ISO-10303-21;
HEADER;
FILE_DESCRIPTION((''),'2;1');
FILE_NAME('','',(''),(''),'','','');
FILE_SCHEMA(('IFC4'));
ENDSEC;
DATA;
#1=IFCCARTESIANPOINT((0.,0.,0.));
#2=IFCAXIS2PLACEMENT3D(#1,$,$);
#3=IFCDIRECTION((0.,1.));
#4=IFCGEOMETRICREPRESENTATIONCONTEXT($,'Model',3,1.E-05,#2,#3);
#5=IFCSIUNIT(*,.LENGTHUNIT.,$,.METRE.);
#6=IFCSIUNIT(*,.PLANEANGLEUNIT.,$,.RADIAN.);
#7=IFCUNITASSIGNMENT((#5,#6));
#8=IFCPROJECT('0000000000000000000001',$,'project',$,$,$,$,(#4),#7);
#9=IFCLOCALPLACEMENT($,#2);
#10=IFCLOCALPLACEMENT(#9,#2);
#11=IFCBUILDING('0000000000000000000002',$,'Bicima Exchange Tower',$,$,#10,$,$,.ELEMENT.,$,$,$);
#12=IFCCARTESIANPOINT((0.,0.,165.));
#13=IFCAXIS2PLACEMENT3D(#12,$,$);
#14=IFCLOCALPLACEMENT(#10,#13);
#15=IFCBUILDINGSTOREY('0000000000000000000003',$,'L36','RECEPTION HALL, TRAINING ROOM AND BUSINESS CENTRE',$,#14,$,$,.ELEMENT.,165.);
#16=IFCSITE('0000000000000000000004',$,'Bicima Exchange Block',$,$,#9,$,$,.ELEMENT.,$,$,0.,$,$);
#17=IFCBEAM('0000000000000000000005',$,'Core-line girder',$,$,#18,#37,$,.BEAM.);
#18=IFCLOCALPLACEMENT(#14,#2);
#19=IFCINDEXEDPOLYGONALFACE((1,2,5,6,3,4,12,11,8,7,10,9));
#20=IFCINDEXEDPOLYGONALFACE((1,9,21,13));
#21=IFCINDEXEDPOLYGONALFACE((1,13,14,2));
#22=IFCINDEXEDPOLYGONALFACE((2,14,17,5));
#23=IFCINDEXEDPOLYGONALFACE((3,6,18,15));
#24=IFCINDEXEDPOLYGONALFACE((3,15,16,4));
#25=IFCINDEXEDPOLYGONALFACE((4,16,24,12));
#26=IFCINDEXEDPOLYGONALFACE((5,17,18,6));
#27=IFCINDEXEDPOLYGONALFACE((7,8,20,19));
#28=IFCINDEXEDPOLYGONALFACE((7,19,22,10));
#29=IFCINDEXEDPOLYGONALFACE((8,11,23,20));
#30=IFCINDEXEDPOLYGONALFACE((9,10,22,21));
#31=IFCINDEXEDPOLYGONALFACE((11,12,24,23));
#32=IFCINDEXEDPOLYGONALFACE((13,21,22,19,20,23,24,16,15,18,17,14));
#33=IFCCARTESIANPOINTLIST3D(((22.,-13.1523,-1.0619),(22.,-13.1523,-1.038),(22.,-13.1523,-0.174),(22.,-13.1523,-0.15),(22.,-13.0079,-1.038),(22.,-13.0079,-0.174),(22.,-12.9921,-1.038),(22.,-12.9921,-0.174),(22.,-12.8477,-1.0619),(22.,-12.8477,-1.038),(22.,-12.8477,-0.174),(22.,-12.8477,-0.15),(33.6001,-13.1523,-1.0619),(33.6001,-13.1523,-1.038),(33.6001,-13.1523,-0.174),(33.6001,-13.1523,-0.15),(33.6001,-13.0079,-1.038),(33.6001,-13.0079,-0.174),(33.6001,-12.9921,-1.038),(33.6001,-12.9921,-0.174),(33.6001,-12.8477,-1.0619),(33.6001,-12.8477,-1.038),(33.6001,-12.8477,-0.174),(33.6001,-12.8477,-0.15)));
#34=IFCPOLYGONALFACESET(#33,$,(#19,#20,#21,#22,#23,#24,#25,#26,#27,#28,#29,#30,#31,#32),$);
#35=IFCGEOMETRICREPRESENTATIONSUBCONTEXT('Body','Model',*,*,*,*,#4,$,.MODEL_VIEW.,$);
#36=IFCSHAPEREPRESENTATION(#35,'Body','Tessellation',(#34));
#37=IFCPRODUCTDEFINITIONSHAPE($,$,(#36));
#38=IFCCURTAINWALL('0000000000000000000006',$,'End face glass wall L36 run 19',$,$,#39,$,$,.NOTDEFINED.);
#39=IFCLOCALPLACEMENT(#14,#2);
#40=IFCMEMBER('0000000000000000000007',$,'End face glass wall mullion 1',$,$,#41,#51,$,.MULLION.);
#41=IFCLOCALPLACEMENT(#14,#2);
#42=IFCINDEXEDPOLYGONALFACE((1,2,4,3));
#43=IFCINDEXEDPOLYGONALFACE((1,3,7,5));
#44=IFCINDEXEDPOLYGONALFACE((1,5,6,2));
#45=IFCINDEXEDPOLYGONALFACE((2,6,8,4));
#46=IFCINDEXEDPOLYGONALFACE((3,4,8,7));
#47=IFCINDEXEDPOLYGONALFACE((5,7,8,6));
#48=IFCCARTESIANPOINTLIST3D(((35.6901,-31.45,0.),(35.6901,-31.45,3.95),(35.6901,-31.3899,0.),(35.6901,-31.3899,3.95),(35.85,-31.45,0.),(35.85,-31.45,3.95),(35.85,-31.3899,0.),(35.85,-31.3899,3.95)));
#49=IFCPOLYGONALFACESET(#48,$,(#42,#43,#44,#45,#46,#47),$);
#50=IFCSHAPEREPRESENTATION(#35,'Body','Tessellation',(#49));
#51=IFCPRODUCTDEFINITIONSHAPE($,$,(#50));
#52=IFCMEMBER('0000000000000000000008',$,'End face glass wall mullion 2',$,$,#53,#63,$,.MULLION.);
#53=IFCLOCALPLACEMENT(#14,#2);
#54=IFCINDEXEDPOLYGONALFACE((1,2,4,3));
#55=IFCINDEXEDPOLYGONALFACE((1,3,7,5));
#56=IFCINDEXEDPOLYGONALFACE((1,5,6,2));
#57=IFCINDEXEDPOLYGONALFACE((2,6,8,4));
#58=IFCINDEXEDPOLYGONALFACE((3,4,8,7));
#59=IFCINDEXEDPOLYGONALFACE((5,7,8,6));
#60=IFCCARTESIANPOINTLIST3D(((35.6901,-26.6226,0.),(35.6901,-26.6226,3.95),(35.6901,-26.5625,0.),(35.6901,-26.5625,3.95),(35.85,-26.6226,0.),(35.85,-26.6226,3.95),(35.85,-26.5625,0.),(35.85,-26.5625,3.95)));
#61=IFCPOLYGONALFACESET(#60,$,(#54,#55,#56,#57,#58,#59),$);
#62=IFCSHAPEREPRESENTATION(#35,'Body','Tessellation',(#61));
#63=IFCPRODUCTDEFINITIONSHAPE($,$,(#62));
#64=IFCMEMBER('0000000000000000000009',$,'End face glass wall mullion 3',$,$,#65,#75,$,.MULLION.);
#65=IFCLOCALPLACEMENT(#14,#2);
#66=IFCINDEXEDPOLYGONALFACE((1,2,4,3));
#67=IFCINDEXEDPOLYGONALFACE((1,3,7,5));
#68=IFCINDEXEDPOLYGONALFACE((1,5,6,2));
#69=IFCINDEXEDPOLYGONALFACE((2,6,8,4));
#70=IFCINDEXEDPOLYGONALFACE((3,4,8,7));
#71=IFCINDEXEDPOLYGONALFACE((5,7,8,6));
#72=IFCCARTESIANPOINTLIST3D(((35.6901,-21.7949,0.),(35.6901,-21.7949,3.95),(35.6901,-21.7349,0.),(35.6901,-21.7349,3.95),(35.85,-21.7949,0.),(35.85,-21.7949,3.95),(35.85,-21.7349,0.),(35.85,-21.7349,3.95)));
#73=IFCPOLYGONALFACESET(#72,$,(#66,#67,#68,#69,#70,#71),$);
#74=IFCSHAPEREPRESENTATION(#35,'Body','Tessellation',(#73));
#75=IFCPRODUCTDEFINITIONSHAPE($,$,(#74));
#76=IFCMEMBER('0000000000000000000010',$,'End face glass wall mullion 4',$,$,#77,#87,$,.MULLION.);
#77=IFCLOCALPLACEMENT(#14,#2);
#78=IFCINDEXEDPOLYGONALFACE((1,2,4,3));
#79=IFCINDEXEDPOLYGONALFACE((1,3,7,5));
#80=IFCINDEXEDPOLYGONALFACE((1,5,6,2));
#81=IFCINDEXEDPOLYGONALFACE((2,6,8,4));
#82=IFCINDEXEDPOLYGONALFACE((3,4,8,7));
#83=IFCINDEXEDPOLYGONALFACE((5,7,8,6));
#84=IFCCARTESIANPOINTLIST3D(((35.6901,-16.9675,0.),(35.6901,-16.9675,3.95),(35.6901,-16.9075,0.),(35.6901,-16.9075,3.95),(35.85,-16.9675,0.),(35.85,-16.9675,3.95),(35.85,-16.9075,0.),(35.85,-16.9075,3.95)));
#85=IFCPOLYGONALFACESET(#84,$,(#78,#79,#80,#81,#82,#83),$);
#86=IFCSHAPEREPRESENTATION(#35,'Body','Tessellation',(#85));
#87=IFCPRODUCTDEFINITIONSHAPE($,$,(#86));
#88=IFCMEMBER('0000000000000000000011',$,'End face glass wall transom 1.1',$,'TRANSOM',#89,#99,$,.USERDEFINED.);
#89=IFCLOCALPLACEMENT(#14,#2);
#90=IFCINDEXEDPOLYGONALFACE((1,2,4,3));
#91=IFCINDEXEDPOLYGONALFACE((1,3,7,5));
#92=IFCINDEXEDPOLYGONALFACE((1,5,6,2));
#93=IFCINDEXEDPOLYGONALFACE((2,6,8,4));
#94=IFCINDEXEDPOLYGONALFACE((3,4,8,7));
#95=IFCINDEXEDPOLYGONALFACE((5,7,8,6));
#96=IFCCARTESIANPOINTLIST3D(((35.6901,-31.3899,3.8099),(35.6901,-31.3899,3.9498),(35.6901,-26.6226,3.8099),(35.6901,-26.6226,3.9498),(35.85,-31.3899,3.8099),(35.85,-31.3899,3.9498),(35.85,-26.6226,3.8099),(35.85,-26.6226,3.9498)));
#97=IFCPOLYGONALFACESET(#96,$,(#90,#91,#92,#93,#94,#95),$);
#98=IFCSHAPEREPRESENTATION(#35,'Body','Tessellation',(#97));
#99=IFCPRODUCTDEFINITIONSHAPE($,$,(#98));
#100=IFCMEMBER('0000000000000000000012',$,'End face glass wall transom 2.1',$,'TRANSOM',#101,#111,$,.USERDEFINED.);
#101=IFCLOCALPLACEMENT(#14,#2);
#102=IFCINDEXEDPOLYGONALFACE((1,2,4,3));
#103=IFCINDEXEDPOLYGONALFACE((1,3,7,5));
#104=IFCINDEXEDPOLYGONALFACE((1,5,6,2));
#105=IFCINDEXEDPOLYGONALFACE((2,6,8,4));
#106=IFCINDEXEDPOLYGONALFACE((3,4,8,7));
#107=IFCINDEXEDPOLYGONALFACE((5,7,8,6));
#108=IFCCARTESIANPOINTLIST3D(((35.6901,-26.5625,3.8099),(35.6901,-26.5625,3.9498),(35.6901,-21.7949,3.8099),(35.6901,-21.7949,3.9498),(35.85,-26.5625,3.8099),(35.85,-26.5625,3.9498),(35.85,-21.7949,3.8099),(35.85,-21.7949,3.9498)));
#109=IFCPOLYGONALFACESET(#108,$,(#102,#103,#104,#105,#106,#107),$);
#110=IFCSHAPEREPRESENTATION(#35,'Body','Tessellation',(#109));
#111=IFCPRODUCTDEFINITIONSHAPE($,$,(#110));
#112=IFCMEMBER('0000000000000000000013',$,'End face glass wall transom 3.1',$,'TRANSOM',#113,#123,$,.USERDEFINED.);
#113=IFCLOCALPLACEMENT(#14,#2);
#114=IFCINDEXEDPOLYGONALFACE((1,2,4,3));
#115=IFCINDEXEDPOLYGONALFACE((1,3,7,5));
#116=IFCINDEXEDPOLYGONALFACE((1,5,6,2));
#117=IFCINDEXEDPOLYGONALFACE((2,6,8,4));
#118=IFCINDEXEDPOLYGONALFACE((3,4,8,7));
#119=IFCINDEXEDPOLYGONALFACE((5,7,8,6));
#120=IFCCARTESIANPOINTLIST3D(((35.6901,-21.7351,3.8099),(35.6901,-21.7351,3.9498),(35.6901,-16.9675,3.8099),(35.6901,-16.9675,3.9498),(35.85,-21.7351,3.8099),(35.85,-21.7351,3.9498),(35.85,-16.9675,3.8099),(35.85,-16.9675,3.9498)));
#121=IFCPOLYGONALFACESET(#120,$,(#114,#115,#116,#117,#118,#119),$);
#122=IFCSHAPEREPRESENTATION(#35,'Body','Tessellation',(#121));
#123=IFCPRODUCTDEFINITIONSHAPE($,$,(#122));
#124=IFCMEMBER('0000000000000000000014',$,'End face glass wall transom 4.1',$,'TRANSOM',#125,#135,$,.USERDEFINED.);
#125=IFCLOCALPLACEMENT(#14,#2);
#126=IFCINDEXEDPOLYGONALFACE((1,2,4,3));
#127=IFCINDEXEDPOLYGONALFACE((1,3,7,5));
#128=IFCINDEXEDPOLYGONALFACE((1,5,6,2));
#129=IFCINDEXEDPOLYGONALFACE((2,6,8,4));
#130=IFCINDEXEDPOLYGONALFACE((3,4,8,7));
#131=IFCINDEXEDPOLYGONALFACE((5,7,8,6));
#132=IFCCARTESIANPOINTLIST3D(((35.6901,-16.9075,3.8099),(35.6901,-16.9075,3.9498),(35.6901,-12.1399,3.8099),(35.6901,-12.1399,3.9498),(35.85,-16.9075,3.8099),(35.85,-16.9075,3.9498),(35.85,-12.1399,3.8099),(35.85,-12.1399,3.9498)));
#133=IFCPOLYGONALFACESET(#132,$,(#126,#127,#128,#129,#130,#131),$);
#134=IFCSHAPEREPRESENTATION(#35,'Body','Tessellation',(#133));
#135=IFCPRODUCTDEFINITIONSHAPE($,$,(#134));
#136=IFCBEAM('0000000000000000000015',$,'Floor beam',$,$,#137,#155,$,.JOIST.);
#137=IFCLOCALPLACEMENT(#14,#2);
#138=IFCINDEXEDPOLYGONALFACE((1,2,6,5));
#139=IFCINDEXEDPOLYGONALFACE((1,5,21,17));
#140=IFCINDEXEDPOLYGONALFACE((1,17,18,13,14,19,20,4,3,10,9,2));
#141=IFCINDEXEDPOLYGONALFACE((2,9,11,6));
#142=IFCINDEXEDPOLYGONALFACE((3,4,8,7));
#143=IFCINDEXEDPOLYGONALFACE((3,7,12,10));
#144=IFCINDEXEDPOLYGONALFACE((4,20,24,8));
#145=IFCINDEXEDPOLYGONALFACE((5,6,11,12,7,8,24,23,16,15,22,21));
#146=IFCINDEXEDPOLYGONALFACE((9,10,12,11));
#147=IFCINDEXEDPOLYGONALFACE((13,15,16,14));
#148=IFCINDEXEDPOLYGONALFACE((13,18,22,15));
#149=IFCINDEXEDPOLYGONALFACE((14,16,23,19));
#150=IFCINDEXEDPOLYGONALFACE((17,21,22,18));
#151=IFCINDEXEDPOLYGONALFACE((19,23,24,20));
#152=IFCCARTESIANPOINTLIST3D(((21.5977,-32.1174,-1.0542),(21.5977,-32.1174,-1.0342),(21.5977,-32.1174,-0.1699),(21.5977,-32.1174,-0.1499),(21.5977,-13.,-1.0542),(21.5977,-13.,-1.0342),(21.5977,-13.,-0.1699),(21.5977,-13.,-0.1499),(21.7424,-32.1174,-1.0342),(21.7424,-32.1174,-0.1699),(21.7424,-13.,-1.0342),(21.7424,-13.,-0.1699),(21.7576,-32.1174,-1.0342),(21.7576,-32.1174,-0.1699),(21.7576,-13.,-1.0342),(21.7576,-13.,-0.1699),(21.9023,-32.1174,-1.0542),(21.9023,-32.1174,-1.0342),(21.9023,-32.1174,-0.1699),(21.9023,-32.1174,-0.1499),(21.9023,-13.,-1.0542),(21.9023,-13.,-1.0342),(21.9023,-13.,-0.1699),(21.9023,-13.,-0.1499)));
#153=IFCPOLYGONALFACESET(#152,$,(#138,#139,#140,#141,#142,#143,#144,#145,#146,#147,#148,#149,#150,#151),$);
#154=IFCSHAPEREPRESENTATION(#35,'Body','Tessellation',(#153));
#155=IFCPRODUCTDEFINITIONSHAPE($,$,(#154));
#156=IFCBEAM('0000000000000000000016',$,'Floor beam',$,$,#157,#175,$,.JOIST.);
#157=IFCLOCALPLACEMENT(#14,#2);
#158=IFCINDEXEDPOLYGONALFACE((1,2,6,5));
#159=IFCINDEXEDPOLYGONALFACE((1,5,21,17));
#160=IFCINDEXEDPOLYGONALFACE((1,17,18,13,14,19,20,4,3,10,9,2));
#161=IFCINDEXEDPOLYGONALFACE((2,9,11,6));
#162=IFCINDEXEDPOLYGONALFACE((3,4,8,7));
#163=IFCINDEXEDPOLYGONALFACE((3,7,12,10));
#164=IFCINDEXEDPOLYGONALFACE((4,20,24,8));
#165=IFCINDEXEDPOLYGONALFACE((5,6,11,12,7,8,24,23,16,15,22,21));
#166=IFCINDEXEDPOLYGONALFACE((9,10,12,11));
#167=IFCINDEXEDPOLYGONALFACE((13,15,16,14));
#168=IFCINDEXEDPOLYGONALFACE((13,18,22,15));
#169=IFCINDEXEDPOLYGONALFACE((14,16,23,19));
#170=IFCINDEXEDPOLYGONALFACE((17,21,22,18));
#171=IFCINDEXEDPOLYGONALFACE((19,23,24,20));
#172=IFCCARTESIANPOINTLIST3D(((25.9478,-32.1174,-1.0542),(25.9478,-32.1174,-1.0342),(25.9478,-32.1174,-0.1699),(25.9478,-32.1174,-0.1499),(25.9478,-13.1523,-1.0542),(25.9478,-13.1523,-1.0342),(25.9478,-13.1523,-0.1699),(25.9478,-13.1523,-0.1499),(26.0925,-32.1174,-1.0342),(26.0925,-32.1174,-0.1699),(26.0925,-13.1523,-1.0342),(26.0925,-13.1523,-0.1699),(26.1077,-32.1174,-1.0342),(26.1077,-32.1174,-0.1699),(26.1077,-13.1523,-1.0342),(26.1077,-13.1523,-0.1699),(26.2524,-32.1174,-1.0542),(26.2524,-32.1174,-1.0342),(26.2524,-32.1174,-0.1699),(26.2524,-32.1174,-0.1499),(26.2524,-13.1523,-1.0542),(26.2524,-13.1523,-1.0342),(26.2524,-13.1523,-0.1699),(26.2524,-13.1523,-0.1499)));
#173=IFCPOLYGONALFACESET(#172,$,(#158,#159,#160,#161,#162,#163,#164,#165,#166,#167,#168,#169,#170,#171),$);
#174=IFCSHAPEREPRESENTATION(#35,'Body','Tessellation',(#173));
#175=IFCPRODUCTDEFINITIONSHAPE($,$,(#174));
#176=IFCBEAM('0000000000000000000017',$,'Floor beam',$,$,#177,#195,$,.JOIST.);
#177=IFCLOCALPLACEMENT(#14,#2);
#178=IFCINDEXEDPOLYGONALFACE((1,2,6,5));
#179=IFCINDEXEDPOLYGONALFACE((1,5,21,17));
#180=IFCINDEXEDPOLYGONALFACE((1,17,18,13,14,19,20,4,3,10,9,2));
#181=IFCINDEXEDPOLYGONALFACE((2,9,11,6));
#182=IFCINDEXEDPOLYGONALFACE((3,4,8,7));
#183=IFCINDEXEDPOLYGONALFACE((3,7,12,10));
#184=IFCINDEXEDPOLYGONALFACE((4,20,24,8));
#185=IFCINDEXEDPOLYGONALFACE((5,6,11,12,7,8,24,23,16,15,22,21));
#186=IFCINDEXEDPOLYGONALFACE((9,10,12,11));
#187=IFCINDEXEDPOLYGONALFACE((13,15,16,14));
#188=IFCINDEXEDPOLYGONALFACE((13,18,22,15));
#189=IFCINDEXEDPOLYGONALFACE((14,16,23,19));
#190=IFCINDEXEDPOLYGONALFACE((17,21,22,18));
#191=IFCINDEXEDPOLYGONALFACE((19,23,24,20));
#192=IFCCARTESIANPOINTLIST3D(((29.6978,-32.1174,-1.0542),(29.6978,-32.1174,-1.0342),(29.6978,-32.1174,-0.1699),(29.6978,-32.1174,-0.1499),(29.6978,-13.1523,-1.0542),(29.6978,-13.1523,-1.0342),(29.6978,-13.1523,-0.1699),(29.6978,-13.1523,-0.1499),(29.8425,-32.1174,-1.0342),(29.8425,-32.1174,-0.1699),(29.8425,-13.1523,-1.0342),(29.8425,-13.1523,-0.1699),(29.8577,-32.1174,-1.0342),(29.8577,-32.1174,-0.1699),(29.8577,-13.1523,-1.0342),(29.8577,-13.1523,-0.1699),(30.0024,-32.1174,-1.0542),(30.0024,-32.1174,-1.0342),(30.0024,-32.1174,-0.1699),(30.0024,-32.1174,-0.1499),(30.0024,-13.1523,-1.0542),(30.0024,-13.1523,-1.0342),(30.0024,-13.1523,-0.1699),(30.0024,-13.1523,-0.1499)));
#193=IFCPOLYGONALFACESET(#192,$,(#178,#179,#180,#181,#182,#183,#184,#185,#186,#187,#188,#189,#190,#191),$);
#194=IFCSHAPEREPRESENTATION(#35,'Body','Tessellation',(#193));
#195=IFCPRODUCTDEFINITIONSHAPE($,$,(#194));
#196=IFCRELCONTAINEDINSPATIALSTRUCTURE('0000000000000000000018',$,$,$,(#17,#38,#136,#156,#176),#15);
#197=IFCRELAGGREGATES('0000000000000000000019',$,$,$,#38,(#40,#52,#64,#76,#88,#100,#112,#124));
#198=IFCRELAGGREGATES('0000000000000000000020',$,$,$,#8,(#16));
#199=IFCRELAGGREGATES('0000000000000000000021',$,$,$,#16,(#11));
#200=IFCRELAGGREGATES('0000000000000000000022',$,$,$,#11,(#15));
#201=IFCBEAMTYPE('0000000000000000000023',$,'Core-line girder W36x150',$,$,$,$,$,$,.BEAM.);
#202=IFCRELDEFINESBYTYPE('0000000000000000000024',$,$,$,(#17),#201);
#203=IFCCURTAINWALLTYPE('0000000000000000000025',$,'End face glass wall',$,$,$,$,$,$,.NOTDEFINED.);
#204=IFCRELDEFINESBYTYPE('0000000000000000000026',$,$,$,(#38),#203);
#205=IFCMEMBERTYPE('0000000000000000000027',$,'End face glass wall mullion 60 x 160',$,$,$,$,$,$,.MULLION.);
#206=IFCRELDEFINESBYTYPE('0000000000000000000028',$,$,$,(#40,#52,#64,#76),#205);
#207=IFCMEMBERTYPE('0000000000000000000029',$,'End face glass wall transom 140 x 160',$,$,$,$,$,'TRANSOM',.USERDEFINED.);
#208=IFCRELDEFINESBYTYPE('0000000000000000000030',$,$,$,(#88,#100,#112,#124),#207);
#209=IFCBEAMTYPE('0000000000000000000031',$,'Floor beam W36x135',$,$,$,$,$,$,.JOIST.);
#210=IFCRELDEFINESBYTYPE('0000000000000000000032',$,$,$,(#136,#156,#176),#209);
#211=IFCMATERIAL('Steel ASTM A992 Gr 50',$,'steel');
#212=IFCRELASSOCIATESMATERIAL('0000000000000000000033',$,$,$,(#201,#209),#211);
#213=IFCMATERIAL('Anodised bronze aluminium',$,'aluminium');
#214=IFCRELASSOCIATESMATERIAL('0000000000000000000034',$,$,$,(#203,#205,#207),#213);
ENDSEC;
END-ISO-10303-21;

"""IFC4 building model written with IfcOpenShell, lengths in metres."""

from ifc_helpers import new_model, si_unit, direction, frame, origin, origin_2d, place, context, subcontext, project, spatial, rectangle, i_section, extrude, material, material_profile, profile_set, type_object, element, aggregate, save


model = new_model("IFC4")

# Units and contexts
model_context = context("Model", 3, precision=1e-05, world=origin(), true_north=direction((0.0, 1.0)))
body_context = subcontext(model_context, "Body", "Model", "MODEL_VIEW")
ifc_project = project(units=[si_unit("LENGTHUNIT", "METRE"), si_unit("PLANEANGLEUNIT", "RADIAN")], contexts=[model_context])

# Site, building, storey
site_placement = place(None, origin())
site = spatial("IfcSite", under=ifc_project, at=site_placement, Name="Bicima Exchange Block", CompositionType="ELEMENT", RefElevation=0.0)
building_placement = place(site_placement, origin())
building = spatial("IfcBuilding", under=site, at=building_placement, Name="Bicima Exchange Tower", CompositionType="ELEMENT")
storey_placement = place(building_placement, frame((0.0, 0.0, 165.0)))
storey = spatial("IfcBuildingStorey", under=building, at=storey_placement, Name="L36", Description="RECEPTION HALL, TRAINING ROOM AND BUSINESS CENTRE", CompositionType="ELEMENT", Elevation=165.0)

# Beam
ifc_material_1 = material(Name="Steel ASTM A992 Gr 50", Category="steel")
ifc_material_profile_1 = material_profile(ifc_material_1, i_section(OverallWidth=0.3047, OverallDepth=0.9119, WebThickness=0.0159, FlangeThickness=0.0239, at=origin_2d()))
ifc_profile_set_1 = profile_set([ifc_material_profile_1], Name="Steel ASTM A992 Gr 50")
beam_type_1 = type_object("IfcBeamType", Name="Core-line girder W36x150", PredefinedType="BEAM", material=ifc_profile_set_1)
beam_1_placement = place(storey_placement, frame((22.0, -13.0, -0.606), z_axis=(1.0, 0.0, 0.0), x_axis=(0.0, 1.0, 0.0)))
element("IfcBeam", 1, at=beam_1_placement, inside=storey, type_object=beam_type_1, Name="Core-line girder", PredefinedType="BEAM", context=body_context, shape_type="SweptSolid", body=[
    extrude(i_section(OverallWidth=0.3047, OverallDepth=0.9119, WebThickness=0.0159, FlangeThickness=0.0239, at=origin_2d()), origin(), (0.0, 0.0, 1.0), 11.6001),
])

# Curtain wall, members
ifc_material_2 = material(Name="Anodised bronze aluminium", Category="aluminium")
curtain_wall_type_1 = type_object("IfcCurtainWallType", Name="End face glass wall", PredefinedType="NOTDEFINED", material=ifc_material_2)
curtain_wall_1_placement = place(storey_placement, origin())
curtain_wall_1 = element("IfcCurtainWall", 2, at=curtain_wall_1_placement, inside=storey, type_object=curtain_wall_type_1, Name="End face glass wall L36 run 19", PredefinedType="NOTDEFINED")
ifc_material_profile_2 = material_profile(ifc_material_2, rectangle(XDim=0.1599, YDim=0.0601, at=origin_2d()))
ifc_profile_set_2 = profile_set([ifc_material_profile_2], Name="Anodised bronze aluminium")
member_type_1 = type_object("IfcMemberType", Name="End face glass wall mullion 60 x 160", PredefinedType="MULLION", material=ifc_profile_set_2)
member_1_placement = place(storey_placement, frame((35.77, -31.4199, 0.0), z_axis=(0.0, 0.0, 1.0), x_axis=(-1.0, 0.0, 0.0)))
member_1 = element("IfcMember", 3, at=member_1_placement, type_object=member_type_1, Name="End face glass wall mullion 1", PredefinedType="MULLION", context=body_context, shape_type="SweptSolid", body=[
    extrude(rectangle(XDim=0.1599, YDim=0.0601, at=origin_2d()), origin(), (0.0, 0.0, 1.0), 3.95),
])
member_2_placement = place(storey_placement, frame((35.77, -26.5925, 0.0), z_axis=(0.0, 0.0, 1.0), x_axis=(-1.0, 0.0, 0.0)))
member_2 = element("IfcMember", 4, at=member_2_placement, type_object=member_type_1, Name="End face glass wall mullion 2", PredefinedType="MULLION", context=body_context, shape_type="SweptSolid", body=[
    extrude(rectangle(XDim=0.1599, YDim=0.0601, at=origin_2d()), origin(), (0.0, 0.0, 1.0), 3.95),
])
member_3_placement = place(storey_placement, frame((35.77, -21.7649, 0.0), z_axis=(0.0, 0.0, 1.0), x_axis=(-1.0, 0.0, 0.0)))
member_3 = element("IfcMember", 5, at=member_3_placement, type_object=member_type_1, Name="End face glass wall mullion 3", PredefinedType="MULLION", context=body_context, shape_type="SweptSolid", body=[
    extrude(rectangle(XDim=0.1599, YDim=0.0601, at=origin_2d()), origin(), (0.0, 0.0, 1.0), 3.95),
])
member_4_placement = place(storey_placement, frame((35.77, -16.9375, 0.0), z_axis=(0.0, 0.0, 1.0), x_axis=(-1.0, 0.0, 0.0)))
member_4 = element("IfcMember", 6, at=member_4_placement, type_object=member_type_1, Name="End face glass wall mullion 4", PredefinedType="MULLION", context=body_context, shape_type="SweptSolid", body=[
    extrude(rectangle(XDim=0.1599, YDim=0.0601, at=origin_2d()), origin(), (0.0, 0.0, 1.0), 3.95),
])
ifc_material_profile_3 = material_profile(ifc_material_2, rectangle(XDim=0.1599, YDim=0.1399, at=origin_2d()))
ifc_profile_set_3 = profile_set([ifc_material_profile_3], Name="Anodised bronze aluminium")
member_type_2 = type_object("IfcMemberType", Name="End face glass wall transom 140 x 160", ElementType="TRANSOM", PredefinedType="USERDEFINED", material=ifc_profile_set_3)
member_5_placement = place(storey_placement, frame((35.77, -31.3899, 3.8799), z_axis=(0.0, 1.0, 0.0), x_axis=(-1.0, 0.0, 0.0)))
member_5 = element("IfcMember", 7, at=member_5_placement, type_object=member_type_2, Name="End face glass wall transom 1.1", ObjectType="TRANSOM", PredefinedType="USERDEFINED", context=body_context, shape_type="SweptSolid", body=[
    extrude(rectangle(XDim=0.1599, YDim=0.1399, at=origin_2d()), origin(), (0.0, 0.0, 1.0), 4.7673),
])
member_6_placement = place(storey_placement, frame((35.77, -26.5625, 3.8799), z_axis=(0.0, 1.0, 0.0), x_axis=(-1.0, 0.0, 0.0)))
member_6 = element("IfcMember", 8, at=member_6_placement, type_object=member_type_2, Name="End face glass wall transom 2.1", ObjectType="TRANSOM", PredefinedType="USERDEFINED", context=body_context, shape_type="SweptSolid", body=[
    extrude(rectangle(XDim=0.1599, YDim=0.1399, at=origin_2d()), origin(), (0.0, 0.0, 1.0), 4.7676),
])
member_7_placement = place(storey_placement, frame((35.77, -21.7351, 3.8799), z_axis=(0.0, 1.0, 0.0), x_axis=(-1.0, 0.0, 0.0)))
member_7 = element("IfcMember", 9, at=member_7_placement, type_object=member_type_2, Name="End face glass wall transom 3.1", ObjectType="TRANSOM", PredefinedType="USERDEFINED", context=body_context, shape_type="SweptSolid", body=[
    extrude(rectangle(XDim=0.1599, YDim=0.1399, at=origin_2d()), origin(), (0.0, 0.0, 1.0), 4.7676),
])
member_8_placement = place(storey_placement, frame((35.77, -16.9075, 3.8799), z_axis=(0.0, 1.0, 0.0), x_axis=(-1.0, 0.0, 0.0)))
member_8 = element("IfcMember", 10, at=member_8_placement, type_object=member_type_2, Name="End face glass wall transom 4.1", ObjectType="TRANSOM", PredefinedType="USERDEFINED", context=body_context, shape_type="SweptSolid", body=[
    extrude(rectangle(XDim=0.1599, YDim=0.1399, at=origin_2d()), origin(), (0.0, 0.0, 1.0), 4.7676),
])

# Beams
ifc_material_profile_4 = material_profile(ifc_material_1, i_section(OverallWidth=0.3047, OverallDepth=0.9043, WebThickness=0.0151, FlangeThickness=0.02, at=origin_2d()))
ifc_profile_set_4 = profile_set([ifc_material_profile_4], Name="Steel ASTM A992 Gr 50")
beam_type_2 = type_object("IfcBeamType", Name="Floor beam W36x135", PredefinedType="JOIST", material=ifc_profile_set_4)
beam_2_placement = place(storey_placement, frame((21.75, -13.0, -0.6021), z_axis=(0.0, -1.0, 0.0), x_axis=(1.0, 0.0, 0.0)))
element("IfcBeam", 11, at=beam_2_placement, inside=storey, type_object=beam_type_2, Name="Floor beam", PredefinedType="JOIST", context=body_context, shape_type="SweptSolid", body=[
    extrude(i_section(OverallWidth=0.3047, OverallDepth=0.9043, WebThickness=0.0151, FlangeThickness=0.02, at=origin_2d()), origin(), (0.0, 0.0, 1.0), 19.1174),
])
for number, where, z_axis, x_axis, name in (
    (12, (26.1001, -13.1523, -0.6021), (0.0, -1.0, 0.0), (1.0, 0.0, 0.0), "Floor beam"),
    (13, (29.8501, -13.1523, -0.6021), (0.0, -1.0, 0.0), (1.0, 0.0, 0.0), "Floor beam"),
):
    element("IfcBeam", number, at=place(storey_placement, frame(where, z_axis=z_axis, x_axis=x_axis)), inside=storey, type_object=beam_type_2, Name=name, PredefinedType="JOIST", context=body_context, shape_type="SweptSolid", body=[
        extrude(i_section(OverallWidth=0.3047, OverallDepth=0.9043, WebThickness=0.0151, FlangeThickness=0.02, at=origin_2d()), origin(), (0.0, 0.0, 1.0), 18.9651),
    ])

aggregate(curtain_wall_1, [member_1, member_2, member_3, member_4, member_5, member_6, member_7, member_8])

save(model, "model.ifc")
